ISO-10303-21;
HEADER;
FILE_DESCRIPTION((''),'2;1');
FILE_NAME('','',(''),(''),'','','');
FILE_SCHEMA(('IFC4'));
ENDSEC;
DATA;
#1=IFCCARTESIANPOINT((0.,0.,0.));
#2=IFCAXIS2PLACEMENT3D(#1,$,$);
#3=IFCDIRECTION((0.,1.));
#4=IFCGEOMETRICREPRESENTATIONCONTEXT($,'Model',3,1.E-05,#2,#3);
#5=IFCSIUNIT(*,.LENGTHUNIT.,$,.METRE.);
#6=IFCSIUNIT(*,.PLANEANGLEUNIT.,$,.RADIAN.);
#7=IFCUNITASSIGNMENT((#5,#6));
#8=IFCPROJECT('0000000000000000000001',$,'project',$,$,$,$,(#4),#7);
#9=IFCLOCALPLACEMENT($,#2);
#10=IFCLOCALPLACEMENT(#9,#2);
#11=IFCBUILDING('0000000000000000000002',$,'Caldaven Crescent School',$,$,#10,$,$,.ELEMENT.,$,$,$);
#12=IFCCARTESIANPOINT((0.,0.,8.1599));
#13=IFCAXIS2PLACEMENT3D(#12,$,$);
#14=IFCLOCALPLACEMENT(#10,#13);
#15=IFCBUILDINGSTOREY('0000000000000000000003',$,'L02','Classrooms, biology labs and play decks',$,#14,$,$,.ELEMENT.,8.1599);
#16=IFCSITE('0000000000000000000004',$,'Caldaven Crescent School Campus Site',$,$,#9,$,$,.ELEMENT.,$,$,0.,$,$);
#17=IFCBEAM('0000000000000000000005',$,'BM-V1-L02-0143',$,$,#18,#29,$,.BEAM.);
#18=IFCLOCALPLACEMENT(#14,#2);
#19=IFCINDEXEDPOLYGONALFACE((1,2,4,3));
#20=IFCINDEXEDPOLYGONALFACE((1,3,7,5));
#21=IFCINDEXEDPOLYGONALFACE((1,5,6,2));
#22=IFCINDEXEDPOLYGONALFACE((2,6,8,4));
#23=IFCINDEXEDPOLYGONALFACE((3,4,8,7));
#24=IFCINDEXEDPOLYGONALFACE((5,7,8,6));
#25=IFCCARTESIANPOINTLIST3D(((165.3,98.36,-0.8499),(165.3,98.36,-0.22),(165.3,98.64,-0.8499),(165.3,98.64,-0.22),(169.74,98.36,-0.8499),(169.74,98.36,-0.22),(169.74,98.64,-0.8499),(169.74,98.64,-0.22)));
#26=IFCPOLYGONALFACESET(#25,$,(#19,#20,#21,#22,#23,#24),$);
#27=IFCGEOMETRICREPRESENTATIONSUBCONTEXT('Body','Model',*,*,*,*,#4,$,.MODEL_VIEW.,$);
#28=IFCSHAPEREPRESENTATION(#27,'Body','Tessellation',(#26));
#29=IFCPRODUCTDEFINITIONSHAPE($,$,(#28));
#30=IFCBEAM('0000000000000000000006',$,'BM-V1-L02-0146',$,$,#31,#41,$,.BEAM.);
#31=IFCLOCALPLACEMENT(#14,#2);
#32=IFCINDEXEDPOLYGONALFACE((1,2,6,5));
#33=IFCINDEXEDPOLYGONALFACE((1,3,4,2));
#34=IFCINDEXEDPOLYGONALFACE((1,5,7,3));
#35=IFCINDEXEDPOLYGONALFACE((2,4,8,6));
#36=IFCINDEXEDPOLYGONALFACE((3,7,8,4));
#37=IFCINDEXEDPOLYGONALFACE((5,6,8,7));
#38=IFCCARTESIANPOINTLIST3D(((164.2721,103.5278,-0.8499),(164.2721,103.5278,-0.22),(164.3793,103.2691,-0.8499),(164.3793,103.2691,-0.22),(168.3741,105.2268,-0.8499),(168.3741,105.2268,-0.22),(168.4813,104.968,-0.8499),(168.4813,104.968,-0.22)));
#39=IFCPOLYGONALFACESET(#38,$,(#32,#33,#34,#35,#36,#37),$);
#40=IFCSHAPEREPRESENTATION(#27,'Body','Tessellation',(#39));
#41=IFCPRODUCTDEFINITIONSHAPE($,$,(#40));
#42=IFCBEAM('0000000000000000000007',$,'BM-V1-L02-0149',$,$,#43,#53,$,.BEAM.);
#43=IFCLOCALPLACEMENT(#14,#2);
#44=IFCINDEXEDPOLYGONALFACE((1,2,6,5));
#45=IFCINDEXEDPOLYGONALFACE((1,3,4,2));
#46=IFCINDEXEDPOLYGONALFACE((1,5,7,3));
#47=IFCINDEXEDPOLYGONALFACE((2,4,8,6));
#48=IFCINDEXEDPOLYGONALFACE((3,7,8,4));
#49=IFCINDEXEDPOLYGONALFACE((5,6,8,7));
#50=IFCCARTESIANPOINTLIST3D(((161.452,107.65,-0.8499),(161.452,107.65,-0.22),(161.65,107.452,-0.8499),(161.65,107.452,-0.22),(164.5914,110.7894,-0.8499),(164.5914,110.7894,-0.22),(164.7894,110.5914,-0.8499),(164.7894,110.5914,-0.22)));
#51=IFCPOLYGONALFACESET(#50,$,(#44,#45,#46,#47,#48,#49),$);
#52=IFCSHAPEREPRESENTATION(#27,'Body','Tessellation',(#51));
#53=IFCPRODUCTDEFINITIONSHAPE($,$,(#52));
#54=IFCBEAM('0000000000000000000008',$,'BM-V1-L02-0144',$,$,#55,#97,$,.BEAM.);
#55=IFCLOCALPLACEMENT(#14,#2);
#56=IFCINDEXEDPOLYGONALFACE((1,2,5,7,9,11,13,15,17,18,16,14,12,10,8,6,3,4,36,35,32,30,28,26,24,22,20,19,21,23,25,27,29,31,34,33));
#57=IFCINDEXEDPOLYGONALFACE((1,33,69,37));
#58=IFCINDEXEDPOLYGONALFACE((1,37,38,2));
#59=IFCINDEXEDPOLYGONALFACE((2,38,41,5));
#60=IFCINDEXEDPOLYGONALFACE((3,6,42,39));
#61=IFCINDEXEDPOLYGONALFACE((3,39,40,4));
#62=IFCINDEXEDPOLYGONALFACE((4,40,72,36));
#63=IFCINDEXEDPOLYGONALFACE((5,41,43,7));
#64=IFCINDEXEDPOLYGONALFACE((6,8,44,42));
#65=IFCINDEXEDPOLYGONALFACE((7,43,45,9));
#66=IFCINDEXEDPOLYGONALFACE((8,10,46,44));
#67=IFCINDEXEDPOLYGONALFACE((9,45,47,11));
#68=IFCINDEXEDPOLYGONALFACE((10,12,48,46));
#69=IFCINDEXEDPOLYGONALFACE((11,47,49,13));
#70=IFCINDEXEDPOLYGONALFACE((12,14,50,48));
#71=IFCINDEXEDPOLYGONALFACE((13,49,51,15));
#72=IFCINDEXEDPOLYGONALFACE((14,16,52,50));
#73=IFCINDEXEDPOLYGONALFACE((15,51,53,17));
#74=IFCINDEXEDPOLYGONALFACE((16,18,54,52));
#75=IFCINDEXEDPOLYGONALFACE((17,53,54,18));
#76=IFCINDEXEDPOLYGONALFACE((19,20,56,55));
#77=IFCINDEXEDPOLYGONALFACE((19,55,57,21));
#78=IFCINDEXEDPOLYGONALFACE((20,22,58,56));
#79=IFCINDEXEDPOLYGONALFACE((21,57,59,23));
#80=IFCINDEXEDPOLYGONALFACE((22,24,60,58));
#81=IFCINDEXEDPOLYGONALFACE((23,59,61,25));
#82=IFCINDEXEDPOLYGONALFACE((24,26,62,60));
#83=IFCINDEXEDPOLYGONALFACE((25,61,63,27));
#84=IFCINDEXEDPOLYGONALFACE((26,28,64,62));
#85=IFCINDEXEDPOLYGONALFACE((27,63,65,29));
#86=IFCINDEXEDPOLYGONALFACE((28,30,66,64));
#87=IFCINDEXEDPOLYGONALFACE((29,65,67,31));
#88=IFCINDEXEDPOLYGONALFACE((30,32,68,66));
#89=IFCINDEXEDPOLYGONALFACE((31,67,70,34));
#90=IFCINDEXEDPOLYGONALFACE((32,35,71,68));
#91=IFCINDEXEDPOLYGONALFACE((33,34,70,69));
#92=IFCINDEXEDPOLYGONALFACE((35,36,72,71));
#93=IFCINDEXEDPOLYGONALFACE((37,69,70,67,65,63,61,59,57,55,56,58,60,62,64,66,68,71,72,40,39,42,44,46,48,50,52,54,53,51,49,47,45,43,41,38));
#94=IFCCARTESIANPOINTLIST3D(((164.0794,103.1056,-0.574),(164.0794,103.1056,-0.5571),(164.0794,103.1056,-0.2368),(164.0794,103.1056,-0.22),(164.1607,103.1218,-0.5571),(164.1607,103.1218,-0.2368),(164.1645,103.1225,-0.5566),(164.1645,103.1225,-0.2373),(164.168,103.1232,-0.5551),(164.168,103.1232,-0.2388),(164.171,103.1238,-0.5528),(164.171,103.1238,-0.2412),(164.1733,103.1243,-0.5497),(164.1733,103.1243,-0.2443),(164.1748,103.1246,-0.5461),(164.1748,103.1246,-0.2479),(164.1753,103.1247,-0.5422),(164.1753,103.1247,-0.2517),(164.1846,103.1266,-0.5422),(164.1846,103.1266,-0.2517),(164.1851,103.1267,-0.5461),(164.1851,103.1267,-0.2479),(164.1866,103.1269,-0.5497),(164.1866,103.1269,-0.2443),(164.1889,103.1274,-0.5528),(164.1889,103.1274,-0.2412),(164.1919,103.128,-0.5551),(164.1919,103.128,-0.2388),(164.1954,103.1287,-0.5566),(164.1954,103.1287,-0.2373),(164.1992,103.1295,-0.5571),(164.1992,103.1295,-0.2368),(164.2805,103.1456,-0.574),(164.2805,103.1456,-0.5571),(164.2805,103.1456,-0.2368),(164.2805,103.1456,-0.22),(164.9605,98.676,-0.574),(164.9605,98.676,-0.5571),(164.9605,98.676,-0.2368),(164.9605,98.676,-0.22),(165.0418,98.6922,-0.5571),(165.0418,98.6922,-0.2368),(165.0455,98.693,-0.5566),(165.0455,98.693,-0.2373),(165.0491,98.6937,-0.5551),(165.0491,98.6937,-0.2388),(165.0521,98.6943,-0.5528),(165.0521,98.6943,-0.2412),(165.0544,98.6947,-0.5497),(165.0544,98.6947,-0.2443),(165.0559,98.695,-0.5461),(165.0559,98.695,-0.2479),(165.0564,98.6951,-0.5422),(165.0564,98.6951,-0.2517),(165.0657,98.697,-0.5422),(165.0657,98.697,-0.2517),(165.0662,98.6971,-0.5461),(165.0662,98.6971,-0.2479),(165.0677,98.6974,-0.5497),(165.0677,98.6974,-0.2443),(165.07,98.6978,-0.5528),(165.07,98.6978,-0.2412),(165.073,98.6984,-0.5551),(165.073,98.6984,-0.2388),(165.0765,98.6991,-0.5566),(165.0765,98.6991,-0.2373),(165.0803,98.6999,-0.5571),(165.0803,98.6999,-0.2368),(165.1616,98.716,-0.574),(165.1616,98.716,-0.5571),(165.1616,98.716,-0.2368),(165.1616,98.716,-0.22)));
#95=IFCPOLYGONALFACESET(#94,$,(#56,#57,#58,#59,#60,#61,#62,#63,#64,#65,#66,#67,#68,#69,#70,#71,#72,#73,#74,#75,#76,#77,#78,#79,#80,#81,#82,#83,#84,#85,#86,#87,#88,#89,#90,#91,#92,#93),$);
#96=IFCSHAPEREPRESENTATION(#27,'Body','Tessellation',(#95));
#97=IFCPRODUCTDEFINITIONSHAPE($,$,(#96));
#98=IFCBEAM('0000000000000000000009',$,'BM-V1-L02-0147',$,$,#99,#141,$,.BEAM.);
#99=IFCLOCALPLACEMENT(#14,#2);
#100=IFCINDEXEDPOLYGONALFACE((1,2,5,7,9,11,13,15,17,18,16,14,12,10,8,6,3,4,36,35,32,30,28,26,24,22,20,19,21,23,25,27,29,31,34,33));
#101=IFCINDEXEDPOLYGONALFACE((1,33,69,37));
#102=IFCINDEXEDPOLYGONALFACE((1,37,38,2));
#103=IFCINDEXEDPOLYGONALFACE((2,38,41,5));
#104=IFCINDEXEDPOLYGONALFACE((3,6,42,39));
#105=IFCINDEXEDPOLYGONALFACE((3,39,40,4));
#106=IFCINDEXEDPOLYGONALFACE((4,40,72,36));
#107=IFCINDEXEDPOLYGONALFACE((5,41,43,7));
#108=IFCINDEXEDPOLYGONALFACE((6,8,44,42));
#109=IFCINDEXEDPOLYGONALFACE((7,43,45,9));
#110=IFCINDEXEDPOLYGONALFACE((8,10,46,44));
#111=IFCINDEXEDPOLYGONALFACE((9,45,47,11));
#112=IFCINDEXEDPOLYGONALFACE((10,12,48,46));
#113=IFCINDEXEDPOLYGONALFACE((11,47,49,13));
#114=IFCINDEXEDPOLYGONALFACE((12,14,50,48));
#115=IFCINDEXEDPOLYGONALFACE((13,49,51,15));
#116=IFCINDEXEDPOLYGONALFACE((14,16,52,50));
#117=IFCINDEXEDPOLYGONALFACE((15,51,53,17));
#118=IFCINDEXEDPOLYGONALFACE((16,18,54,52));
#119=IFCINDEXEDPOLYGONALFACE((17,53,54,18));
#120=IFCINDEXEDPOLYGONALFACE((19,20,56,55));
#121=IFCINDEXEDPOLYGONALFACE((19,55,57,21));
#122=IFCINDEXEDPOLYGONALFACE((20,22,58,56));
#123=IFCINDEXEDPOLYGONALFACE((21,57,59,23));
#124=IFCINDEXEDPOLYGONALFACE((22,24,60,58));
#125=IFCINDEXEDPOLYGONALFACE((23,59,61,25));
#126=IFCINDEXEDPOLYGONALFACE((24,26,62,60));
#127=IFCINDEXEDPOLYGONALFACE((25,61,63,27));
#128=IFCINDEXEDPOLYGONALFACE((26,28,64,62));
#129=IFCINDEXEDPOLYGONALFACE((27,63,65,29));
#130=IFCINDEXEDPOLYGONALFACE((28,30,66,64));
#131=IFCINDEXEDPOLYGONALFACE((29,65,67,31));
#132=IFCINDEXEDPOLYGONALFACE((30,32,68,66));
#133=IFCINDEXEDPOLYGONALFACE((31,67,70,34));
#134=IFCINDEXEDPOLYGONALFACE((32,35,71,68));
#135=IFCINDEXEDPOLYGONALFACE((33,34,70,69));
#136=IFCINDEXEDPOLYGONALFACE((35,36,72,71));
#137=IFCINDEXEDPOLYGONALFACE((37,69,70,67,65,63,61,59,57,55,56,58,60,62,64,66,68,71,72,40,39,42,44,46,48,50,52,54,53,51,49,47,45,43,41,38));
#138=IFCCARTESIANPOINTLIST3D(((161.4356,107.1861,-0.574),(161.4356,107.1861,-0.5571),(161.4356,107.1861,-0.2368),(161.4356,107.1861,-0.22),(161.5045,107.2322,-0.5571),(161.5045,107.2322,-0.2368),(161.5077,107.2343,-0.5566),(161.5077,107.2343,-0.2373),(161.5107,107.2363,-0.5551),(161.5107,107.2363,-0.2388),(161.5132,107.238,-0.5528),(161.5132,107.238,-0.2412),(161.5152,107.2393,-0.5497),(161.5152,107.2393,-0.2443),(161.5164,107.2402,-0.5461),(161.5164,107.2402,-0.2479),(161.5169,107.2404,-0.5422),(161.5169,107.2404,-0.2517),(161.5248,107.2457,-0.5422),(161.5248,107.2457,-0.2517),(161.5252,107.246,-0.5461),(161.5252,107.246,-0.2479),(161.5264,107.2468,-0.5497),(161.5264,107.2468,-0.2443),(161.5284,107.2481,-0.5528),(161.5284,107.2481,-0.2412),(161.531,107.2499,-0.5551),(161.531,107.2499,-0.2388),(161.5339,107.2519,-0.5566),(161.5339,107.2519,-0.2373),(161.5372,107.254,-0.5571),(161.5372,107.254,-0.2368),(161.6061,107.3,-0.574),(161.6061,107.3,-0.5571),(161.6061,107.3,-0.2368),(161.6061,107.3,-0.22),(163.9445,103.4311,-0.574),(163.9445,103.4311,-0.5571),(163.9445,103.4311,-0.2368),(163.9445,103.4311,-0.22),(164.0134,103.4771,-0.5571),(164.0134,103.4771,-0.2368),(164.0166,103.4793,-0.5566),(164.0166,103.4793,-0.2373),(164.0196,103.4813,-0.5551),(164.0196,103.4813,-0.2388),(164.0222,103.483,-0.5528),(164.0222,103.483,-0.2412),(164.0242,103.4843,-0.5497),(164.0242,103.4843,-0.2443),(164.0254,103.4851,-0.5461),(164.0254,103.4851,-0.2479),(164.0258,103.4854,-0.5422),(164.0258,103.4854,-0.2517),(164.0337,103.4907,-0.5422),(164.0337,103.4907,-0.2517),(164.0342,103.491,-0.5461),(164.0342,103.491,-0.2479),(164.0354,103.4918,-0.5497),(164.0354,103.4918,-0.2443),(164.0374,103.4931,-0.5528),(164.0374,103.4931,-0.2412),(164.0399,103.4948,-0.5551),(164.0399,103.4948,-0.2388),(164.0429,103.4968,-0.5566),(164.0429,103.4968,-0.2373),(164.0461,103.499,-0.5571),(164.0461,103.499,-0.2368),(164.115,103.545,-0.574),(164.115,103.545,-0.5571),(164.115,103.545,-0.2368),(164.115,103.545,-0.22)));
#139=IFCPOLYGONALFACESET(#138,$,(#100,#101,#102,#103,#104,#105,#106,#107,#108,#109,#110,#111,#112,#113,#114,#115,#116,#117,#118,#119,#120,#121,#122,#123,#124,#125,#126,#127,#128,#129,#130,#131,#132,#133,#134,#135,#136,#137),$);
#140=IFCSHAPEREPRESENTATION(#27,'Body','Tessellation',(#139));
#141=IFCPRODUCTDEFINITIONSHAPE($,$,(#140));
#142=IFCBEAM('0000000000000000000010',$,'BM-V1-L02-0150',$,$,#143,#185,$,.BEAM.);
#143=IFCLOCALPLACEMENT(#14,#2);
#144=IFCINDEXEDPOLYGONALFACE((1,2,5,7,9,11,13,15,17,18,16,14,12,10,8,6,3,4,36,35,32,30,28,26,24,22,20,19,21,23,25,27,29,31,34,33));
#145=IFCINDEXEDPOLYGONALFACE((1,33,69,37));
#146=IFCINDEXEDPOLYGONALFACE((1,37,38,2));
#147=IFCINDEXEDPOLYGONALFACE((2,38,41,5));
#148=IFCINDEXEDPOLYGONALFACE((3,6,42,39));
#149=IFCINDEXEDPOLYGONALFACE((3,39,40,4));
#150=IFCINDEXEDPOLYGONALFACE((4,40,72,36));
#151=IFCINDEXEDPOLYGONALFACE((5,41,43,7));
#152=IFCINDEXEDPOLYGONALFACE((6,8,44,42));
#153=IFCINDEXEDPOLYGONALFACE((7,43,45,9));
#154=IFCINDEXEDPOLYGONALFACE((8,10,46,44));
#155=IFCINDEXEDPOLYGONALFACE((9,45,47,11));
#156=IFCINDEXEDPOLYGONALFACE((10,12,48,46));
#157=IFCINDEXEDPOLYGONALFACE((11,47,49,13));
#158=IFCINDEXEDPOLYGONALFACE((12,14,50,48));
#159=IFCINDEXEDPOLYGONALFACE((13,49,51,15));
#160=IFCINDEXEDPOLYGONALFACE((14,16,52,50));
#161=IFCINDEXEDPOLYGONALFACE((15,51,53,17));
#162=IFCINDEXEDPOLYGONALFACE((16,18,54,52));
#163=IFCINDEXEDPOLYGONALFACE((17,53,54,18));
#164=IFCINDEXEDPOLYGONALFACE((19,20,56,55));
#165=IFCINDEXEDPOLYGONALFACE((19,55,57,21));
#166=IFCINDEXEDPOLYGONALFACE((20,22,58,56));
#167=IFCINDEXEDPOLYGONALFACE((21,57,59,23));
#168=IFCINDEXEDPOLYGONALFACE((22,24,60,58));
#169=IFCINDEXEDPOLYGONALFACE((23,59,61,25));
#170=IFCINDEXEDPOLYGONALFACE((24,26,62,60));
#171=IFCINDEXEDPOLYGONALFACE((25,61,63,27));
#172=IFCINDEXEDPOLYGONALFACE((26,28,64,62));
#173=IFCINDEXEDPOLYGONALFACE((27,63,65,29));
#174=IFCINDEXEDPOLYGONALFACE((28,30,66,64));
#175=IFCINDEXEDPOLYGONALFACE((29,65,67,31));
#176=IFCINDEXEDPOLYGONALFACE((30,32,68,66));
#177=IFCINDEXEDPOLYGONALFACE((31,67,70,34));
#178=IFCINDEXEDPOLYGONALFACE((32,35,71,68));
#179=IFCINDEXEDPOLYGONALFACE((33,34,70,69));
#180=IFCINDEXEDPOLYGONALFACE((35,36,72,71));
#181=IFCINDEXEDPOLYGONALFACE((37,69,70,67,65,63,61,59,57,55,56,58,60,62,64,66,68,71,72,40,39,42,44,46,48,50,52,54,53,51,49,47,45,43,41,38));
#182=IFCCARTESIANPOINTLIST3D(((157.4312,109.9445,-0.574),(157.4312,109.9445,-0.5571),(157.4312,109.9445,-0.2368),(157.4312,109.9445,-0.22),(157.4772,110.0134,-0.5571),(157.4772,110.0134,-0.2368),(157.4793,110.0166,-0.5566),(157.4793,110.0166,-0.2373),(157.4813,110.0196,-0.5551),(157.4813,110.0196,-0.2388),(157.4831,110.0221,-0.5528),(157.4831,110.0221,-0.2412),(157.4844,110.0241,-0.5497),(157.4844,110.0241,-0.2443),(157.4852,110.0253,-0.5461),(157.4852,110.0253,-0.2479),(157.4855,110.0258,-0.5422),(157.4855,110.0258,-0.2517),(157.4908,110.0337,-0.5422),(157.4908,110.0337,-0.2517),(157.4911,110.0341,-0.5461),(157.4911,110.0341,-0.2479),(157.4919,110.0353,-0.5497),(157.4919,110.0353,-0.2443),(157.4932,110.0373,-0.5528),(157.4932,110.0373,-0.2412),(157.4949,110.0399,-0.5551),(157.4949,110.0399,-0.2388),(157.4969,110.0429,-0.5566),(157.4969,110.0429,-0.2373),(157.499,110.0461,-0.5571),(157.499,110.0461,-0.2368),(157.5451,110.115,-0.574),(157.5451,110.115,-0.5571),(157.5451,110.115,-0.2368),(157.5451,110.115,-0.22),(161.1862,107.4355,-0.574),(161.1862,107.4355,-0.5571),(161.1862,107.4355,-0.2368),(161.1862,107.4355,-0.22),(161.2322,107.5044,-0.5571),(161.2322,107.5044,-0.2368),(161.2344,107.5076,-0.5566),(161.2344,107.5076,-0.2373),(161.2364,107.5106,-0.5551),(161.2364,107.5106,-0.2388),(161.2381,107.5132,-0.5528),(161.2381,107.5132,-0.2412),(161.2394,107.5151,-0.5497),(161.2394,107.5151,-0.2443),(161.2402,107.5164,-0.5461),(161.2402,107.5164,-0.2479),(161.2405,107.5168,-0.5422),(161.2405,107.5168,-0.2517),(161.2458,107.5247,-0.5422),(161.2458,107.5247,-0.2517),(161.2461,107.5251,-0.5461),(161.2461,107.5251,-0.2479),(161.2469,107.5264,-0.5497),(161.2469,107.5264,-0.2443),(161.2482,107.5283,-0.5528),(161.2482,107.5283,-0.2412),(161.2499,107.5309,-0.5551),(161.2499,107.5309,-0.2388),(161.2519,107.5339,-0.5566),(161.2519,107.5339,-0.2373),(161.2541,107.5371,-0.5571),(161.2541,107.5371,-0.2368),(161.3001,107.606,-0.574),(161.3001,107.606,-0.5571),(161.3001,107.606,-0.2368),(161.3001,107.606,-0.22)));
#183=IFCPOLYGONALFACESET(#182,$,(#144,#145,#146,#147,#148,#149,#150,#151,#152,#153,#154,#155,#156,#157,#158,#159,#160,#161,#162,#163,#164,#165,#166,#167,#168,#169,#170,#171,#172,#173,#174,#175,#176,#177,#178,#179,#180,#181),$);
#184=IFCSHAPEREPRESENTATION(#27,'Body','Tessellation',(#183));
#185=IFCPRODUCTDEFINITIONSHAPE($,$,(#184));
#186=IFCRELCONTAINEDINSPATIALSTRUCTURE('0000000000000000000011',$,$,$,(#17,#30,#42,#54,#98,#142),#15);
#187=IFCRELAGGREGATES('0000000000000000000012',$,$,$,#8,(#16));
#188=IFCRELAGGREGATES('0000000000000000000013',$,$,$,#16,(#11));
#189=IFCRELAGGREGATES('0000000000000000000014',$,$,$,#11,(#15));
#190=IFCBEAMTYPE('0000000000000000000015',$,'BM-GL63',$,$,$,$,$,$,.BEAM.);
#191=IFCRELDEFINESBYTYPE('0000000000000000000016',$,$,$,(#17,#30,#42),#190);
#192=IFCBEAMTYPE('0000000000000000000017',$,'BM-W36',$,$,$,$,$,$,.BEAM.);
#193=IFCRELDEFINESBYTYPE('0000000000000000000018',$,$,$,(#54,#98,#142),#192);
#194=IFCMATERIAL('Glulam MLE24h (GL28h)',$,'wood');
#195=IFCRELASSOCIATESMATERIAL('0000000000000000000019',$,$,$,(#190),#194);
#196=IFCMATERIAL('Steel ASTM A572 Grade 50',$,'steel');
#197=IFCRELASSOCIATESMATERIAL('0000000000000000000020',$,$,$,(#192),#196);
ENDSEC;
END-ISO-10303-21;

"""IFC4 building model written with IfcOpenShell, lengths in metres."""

from ifc_helpers import new_model, si_unit, direction, frame, origin, origin_2d, place, context, subcontext, project, spatial, rectangle, i_section, extrude, material, material_profile, profile_set, type_object, element, save


model = new_model("IFC4")

# Units and contexts
model_context = context("Model", 3, precision=1e-05, world=origin(), true_north=direction((0.0, 1.0)))
body_context = subcontext(model_context, "Body", "Model", "MODEL_VIEW")
ifc_project = project(units=[si_unit("LENGTHUNIT", "METRE"), si_unit("PLANEANGLEUNIT", "RADIAN")], contexts=[model_context])

# Site, building, storey
site_placement = place(None, origin())
site = spatial("IfcSite", under=ifc_project, at=site_placement, Name="Caldaven Crescent School Campus Site", CompositionType="ELEMENT", RefElevation=0.0)
building_placement = place(site_placement, origin())
building = spatial("IfcBuilding", under=site, at=building_placement, Name="Caldaven Crescent School", CompositionType="ELEMENT")
storey_placement = place(building_placement, frame((0.0, 0.0, 8.1599)))
storey = spatial("IfcBuildingStorey", under=building, at=storey_placement, Name="L02", Description="Classrooms, biology labs and play decks", CompositionType="ELEMENT", Elevation=8.1599)

# Beams
ifc_material_1 = material(Name="Glulam MLE24h (GL28h)", Category="wood")
ifc_material_profile_1 = material_profile(ifc_material_1, rectangle(XDim=0.28, YDim=0.6299, at=origin_2d()), Name="MLE 280x630")
ifc_profile_set_1 = profile_set([ifc_material_profile_1], Name="Glulam MLE24h (GL28h)")
beam_type_1 = type_object("IfcBeamType", Name="BM-GL63", PredefinedType="BEAM", material=ifc_profile_set_1)
for number, where, z_axis, x_axis, name in (
    (1, (165.3, 98.5, -0.5349), (1.0, 0.0, 0.0), (0.0, 1.0, 0.0), "BM-V1-L02-0143"),
    (2, (164.3257, 103.3984, -0.5349), (0.923892, 0.382655, 0.0), (-0.382655, 0.923892, 0.0), "BM-V1-L02-0146"),
):
    element("IfcBeam", number, at=place(storey_placement, frame(where, z_axis=z_axis, x_axis=x_axis)), inside=storey, type_object=beam_type_1, Name=name, PredefinedType="BEAM", context=body_context, shape_type="SweptSolid", body=[
        extrude(rectangle(XDim=0.28, YDim=0.6299, at=origin_2d()), origin(), (0.0, 0.0, 1.0), 4.4399),
    ])
beam_1_placement = place(storey_placement, frame((161.551, 107.551, -0.5349), z_axis=(0.707107, 0.707107, 0.0), x_axis=(-0.707107, 0.707107, 0.0)))
element("IfcBeam", 3, at=beam_1_placement, inside=storey, type_object=beam_type_1, Name="BM-V1-L02-0149", PredefinedType="BEAM", context=body_context, shape_type="SweptSolid", body=[
    extrude(rectangle(XDim=0.28, YDim=0.6299, at=origin_2d()), origin(), (0.0, 0.0, 1.0), 4.4397),
])
ifc_material_2 = material(Name="Steel ASTM A572 Grade 50", Category="steel")
ifc_material_profile_2 = material_profile(ifc_material_2, i_section(OverallWidth=0.2051, OverallDepth=0.354, WebThickness=0.0095, FlangeThickness=0.0168, FilletRadius=0.0149, at=origin_2d()), Name="W360x79")
ifc_profile_set_2 = profile_set([ifc_material_profile_2], Name="Steel ASTM A572 Grade 50")
beam_type_2 = type_object("IfcBeamType", Name="BM-W36", PredefinedType="BEAM", material=ifc_profile_set_2)
beam_2_placement = place(storey_placement, frame((165.061, 98.696, -0.397), z_axis=(-0.195087, 0.980786, 0.0), x_axis=(-0.980786, -0.195087, 0.0)))
element("IfcBeam", 4, at=beam_2_placement, inside=storey, type_object=beam_type_2, Name="BM-V1-L02-0144", PredefinedType="BEAM", context=body_context, shape_type="SweptSolid", body=[
    extrude(i_section(OverallWidth=0.2051, OverallDepth=0.354, WebThickness=0.0095, FlangeThickness=0.0168, FilletRadius=0.0149, at=origin_2d()), origin(), (0.0, 0.0, 1.0), 4.5164),
])
for number, where, z_axis, x_axis, name in (
    (5, (164.0298, 103.488, -0.397), (-0.555561, 0.831476, 0.0), (-0.831476, -0.555561, 0.0), "BM-V1-L02-0147"),
    (6, (161.2432, 107.5208, -0.397), (-0.831476, 0.555561, 0.0), (-0.555561, -0.831476, 0.0), "BM-V1-L02-0150"),
):
    element("IfcBeam", number, at=place(storey_placement, frame(where, z_axis=z_axis, x_axis=x_axis)), inside=storey, type_object=beam_type_2, Name=name, PredefinedType="BEAM", context=body_context, shape_type="SweptSolid", body=[
        extrude(i_section(OverallWidth=0.2051, OverallDepth=0.354, WebThickness=0.0095, FlangeThickness=0.0168, FilletRadius=0.0149, at=origin_2d()), origin(), (0.0, 0.0, 1.0), 4.5161),
    ])

save(model, "model.ifc")
